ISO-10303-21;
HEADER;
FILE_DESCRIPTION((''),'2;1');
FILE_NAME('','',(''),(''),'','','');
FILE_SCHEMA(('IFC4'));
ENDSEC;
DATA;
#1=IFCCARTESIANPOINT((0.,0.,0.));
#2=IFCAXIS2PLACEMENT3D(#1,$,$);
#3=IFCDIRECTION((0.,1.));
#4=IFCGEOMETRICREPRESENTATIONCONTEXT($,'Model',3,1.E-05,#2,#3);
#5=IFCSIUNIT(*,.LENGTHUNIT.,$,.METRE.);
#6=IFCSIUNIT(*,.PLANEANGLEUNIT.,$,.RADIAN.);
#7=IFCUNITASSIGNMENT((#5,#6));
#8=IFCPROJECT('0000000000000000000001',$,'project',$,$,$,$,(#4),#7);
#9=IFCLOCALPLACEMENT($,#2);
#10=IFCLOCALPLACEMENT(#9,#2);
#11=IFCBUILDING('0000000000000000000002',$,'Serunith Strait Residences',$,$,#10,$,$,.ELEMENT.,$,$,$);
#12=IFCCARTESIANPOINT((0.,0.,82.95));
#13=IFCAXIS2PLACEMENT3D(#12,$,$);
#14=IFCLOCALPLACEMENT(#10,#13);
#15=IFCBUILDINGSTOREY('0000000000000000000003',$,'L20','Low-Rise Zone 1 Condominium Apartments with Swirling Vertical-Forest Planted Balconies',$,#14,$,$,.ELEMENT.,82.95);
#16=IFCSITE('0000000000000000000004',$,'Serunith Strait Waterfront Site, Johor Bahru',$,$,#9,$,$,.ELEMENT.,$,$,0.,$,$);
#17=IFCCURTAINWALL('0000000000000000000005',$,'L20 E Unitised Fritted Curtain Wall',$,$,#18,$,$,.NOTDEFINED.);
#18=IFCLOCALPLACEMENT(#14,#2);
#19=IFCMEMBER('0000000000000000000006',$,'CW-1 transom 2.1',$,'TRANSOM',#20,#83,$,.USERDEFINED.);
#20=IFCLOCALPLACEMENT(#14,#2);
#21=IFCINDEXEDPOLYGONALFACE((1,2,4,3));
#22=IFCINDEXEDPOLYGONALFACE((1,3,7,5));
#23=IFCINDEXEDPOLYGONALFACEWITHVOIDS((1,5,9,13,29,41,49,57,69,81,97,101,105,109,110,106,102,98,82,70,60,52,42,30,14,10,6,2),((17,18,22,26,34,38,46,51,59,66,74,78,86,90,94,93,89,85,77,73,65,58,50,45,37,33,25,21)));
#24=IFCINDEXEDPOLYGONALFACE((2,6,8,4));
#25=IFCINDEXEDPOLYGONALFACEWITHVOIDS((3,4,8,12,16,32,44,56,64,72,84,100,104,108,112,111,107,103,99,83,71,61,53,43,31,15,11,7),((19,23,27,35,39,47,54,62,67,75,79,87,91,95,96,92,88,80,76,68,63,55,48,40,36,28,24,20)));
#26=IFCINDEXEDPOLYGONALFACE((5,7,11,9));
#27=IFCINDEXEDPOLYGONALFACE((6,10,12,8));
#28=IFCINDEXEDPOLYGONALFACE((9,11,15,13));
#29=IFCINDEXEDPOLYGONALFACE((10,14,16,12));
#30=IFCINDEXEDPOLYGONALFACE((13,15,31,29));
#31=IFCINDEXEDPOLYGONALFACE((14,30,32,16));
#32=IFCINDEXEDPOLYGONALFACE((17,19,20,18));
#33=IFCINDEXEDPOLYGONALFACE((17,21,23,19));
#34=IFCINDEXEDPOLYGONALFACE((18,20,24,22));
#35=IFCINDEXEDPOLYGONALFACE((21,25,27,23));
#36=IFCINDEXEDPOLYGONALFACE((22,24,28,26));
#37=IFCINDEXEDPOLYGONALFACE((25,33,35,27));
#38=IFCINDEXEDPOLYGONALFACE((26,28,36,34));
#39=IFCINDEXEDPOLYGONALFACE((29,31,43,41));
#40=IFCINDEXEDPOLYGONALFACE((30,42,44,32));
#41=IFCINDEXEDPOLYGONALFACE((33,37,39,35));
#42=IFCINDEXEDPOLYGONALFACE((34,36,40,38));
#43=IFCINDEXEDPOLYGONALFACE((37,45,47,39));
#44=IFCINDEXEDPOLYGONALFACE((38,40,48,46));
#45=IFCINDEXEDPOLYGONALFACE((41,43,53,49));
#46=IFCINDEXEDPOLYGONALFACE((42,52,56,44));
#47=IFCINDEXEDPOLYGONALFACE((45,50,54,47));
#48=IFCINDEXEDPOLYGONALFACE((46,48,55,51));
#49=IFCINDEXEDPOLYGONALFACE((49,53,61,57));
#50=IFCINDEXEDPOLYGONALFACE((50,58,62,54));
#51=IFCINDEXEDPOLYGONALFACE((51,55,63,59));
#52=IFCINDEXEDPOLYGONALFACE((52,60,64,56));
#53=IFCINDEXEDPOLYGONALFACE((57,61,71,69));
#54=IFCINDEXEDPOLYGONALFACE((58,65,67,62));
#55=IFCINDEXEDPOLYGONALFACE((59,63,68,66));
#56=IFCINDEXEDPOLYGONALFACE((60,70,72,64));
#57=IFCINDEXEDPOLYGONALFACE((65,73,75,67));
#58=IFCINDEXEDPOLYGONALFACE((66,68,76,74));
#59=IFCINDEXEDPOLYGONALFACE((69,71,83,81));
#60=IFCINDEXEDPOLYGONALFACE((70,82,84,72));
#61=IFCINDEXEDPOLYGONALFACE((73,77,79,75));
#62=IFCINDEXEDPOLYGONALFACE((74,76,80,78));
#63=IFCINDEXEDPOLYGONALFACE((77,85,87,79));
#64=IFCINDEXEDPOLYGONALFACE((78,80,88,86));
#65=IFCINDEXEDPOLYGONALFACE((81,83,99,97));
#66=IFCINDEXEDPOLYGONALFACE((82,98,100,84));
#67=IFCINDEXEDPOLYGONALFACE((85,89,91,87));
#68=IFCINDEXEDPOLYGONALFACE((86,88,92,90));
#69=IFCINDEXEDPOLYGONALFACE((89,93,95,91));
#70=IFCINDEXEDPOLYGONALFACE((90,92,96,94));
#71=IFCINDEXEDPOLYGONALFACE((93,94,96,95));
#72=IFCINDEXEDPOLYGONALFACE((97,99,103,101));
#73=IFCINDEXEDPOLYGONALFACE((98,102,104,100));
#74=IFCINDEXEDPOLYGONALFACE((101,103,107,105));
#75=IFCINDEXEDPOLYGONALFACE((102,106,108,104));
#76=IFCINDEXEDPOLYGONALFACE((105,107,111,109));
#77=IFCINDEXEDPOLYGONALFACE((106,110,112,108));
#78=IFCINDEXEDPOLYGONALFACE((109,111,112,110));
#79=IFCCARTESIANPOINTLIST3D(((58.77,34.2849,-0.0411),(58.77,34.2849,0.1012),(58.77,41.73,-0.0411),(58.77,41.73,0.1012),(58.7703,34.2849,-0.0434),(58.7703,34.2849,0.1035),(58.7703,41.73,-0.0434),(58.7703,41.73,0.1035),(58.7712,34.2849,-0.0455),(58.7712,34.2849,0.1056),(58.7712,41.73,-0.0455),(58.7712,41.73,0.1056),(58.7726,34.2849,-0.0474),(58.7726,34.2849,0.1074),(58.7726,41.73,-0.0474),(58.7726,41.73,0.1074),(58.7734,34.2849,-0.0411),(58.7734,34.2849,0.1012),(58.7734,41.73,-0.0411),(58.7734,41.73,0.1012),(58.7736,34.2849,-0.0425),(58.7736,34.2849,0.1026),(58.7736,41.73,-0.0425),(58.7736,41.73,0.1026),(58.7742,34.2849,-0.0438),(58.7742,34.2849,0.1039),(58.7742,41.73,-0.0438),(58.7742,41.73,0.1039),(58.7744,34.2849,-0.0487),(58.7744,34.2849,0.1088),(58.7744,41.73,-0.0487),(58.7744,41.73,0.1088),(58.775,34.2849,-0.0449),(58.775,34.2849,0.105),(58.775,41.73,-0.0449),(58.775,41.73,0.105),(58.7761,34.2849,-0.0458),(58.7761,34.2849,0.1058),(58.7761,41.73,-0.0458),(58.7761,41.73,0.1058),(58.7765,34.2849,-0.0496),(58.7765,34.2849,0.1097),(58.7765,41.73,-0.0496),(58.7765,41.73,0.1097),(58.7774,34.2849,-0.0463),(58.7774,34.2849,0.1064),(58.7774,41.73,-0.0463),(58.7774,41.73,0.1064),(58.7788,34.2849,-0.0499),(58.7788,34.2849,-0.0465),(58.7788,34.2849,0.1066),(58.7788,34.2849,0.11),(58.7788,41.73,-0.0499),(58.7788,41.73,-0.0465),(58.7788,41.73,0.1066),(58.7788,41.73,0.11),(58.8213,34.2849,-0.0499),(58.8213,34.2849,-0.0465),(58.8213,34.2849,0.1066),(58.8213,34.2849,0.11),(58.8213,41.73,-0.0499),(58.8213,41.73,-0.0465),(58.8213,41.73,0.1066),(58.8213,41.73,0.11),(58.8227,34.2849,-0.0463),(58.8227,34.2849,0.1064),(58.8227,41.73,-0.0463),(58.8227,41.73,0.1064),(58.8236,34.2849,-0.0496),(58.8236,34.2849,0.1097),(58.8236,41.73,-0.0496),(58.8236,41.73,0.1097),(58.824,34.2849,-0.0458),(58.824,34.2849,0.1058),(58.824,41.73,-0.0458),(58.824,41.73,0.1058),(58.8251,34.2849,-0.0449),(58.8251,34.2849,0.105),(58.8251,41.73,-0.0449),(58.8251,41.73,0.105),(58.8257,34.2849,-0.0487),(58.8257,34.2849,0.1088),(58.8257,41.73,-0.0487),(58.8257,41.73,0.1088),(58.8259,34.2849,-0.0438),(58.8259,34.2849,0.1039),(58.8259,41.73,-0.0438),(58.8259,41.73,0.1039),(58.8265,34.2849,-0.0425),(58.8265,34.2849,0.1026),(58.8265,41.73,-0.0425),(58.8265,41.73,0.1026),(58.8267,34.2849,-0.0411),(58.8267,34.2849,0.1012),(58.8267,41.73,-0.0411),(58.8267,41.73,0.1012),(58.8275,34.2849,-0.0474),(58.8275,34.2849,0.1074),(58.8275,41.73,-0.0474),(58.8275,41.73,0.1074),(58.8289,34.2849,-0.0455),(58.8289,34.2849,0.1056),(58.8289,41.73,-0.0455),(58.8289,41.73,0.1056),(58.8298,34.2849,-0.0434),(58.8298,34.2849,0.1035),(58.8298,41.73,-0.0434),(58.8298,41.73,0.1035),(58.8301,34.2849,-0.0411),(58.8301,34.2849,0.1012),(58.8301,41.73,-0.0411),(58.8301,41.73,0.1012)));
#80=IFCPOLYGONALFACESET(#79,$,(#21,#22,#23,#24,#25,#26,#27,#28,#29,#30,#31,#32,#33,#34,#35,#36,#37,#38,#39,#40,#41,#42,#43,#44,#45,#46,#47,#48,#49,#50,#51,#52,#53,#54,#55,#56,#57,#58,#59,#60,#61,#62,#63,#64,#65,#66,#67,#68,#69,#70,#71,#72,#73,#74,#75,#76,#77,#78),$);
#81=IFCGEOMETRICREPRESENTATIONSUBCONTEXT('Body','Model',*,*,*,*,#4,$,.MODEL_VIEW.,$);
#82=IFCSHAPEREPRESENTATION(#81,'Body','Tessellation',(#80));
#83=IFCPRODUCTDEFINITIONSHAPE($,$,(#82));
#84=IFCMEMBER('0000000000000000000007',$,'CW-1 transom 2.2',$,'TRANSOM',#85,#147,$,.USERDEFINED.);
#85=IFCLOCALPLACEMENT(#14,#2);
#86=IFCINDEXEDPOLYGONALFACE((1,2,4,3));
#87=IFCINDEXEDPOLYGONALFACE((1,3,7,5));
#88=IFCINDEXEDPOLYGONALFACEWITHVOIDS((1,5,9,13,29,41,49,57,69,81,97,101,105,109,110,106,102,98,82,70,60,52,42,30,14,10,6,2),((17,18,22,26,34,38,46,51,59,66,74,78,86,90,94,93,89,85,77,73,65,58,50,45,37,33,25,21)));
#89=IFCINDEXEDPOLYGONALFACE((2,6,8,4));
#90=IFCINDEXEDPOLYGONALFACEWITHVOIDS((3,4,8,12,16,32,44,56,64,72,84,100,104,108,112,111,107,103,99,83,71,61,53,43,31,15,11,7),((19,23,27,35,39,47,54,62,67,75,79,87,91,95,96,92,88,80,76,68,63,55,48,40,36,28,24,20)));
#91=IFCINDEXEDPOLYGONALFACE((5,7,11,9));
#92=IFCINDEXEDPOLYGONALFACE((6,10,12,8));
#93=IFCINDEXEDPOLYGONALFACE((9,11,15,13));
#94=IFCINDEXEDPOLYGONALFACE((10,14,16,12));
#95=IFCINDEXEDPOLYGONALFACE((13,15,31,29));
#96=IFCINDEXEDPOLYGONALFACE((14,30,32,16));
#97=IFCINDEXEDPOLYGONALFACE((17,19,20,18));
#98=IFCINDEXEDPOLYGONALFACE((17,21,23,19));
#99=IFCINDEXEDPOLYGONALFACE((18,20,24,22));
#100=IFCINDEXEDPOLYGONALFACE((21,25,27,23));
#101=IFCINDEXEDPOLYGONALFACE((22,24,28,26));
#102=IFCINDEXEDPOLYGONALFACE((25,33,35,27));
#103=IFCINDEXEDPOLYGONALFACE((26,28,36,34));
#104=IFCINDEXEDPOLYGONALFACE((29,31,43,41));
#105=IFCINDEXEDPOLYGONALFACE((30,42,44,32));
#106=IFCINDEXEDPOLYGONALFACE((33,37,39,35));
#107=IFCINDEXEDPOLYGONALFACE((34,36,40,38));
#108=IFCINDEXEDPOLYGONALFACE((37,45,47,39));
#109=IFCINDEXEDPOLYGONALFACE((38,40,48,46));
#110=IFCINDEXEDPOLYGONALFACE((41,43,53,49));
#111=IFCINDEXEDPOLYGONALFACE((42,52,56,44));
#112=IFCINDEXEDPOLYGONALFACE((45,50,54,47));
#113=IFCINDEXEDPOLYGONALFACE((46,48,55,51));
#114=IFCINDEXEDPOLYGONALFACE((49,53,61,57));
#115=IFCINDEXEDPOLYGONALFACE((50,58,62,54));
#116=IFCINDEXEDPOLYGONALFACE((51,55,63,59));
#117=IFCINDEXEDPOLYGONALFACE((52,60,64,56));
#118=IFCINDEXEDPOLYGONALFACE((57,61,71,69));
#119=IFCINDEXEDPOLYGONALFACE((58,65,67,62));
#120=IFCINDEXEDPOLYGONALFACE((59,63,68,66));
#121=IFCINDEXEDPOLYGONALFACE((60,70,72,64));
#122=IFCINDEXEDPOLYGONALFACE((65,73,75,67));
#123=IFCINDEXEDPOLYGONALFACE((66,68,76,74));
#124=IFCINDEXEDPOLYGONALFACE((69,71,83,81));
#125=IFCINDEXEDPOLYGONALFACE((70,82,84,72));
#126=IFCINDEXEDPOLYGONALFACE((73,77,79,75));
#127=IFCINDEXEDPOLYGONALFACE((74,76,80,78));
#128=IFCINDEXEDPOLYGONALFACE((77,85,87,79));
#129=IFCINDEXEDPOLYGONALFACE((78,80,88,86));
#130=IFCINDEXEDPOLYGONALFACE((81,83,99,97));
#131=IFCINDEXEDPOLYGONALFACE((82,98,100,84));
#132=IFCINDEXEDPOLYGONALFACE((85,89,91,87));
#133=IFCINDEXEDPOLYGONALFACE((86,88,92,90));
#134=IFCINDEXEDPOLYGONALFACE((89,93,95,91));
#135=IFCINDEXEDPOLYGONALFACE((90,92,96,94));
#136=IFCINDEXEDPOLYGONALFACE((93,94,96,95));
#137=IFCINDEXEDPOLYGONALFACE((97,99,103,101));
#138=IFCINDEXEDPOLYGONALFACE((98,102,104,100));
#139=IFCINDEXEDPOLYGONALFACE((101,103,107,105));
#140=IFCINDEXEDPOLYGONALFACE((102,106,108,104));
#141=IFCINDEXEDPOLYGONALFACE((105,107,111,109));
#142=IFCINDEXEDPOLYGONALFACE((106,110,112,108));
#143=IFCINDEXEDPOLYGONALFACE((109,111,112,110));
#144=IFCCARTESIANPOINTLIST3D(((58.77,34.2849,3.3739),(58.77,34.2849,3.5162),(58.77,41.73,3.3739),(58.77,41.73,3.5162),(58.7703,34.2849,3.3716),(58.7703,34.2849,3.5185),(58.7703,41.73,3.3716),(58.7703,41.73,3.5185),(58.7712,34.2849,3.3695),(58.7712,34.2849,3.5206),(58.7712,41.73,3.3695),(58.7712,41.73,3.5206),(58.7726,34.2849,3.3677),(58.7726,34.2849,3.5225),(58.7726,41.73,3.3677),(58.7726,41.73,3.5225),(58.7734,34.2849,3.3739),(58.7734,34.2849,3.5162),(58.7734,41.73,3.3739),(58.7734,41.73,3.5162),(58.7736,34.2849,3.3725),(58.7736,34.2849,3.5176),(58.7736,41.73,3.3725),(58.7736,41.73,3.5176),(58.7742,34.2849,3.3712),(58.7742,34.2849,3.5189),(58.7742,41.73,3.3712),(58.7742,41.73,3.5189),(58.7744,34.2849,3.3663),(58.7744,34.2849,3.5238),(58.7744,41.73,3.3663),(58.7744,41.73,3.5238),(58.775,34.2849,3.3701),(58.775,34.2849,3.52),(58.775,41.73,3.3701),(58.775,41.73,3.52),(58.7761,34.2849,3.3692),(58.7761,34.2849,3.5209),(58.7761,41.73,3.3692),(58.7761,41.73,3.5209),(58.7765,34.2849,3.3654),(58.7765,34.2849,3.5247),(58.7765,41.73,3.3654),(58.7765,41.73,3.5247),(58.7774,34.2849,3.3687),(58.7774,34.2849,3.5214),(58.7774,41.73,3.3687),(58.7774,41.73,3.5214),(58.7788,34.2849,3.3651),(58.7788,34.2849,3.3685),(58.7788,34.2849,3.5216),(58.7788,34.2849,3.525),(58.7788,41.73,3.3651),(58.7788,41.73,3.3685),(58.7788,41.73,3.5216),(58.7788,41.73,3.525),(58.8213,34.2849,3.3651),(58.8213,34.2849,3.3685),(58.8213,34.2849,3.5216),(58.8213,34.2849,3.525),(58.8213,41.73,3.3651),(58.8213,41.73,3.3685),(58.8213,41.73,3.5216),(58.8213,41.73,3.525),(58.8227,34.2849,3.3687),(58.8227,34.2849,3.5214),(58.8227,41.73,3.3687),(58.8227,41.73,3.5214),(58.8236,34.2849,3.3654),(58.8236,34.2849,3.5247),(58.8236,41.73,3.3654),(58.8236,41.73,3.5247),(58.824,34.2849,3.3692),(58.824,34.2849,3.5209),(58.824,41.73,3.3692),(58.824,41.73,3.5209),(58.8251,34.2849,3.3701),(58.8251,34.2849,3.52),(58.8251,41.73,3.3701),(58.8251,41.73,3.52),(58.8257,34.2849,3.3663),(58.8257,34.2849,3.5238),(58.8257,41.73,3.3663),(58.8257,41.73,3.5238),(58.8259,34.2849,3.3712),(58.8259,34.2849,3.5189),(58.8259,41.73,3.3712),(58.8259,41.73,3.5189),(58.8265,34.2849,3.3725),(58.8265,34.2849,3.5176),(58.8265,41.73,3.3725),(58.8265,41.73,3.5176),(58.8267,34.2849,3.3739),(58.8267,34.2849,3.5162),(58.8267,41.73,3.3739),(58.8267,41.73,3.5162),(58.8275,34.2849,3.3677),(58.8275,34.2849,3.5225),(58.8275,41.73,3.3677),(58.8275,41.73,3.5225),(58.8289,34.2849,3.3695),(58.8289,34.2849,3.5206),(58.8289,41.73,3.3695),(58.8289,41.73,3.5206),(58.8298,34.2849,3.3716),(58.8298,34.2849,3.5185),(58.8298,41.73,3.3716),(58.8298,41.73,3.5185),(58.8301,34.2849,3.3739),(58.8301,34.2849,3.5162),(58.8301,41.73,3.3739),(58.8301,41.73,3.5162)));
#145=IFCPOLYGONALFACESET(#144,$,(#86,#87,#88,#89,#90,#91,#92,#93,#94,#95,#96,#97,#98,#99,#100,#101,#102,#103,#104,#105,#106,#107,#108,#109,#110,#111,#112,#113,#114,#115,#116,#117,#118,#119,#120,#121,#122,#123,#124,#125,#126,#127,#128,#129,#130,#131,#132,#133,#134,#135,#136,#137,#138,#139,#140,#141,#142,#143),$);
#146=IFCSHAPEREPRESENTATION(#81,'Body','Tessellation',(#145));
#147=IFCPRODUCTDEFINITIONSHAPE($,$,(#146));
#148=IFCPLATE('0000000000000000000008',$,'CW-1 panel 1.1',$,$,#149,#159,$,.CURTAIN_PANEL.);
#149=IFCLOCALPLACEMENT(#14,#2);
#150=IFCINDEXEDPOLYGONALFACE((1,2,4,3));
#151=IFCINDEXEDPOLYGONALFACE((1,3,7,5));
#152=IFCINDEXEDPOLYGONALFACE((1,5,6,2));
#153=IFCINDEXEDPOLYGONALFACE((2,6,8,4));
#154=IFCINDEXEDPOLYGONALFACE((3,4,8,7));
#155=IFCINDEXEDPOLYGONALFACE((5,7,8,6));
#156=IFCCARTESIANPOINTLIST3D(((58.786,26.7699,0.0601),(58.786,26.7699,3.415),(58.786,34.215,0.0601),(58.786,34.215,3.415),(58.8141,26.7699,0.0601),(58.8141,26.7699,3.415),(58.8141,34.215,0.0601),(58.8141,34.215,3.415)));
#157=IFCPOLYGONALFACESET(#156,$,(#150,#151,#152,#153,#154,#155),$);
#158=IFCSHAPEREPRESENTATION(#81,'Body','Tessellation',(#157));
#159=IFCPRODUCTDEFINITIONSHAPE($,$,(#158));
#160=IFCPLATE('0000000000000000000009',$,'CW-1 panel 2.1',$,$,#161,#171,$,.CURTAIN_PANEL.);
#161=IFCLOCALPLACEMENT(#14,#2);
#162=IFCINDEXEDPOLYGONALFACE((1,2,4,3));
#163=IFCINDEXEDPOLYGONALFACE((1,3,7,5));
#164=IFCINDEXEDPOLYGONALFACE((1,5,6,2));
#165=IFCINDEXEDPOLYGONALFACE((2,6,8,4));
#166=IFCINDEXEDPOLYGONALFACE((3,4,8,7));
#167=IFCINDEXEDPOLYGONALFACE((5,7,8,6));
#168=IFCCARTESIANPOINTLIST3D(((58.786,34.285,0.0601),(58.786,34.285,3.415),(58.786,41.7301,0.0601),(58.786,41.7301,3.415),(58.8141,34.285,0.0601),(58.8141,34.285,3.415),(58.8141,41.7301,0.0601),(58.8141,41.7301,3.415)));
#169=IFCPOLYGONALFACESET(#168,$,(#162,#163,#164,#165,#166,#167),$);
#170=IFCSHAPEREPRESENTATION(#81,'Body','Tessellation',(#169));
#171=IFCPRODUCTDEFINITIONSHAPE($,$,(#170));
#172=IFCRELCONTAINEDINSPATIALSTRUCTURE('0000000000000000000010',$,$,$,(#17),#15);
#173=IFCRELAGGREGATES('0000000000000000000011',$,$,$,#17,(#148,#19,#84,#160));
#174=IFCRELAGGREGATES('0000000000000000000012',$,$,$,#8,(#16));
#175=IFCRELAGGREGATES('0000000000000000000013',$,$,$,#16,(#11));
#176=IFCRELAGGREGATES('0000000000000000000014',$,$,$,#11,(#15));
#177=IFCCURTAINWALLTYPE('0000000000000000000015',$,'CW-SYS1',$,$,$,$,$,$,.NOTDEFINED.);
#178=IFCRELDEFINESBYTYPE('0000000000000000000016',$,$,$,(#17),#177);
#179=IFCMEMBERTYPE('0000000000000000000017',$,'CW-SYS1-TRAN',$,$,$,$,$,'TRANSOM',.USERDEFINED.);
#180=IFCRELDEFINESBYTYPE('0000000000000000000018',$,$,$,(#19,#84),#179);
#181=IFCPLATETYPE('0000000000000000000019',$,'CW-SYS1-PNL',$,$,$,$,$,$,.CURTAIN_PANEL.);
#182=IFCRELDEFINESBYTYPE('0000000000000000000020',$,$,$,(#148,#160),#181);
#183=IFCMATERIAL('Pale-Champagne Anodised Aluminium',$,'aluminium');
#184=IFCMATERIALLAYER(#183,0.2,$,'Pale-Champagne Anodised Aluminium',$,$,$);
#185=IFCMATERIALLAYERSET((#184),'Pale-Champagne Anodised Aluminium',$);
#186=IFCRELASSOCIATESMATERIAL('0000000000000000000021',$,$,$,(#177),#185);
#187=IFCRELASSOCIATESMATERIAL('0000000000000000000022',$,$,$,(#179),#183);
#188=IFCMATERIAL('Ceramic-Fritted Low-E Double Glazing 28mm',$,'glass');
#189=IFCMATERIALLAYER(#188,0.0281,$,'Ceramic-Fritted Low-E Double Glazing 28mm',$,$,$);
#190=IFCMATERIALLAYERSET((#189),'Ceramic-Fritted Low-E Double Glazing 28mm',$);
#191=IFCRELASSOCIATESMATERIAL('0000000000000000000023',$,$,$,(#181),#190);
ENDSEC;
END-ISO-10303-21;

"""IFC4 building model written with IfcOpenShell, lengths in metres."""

from ifc_helpers import new_model, si_unit, direction, frame, origin, origin_2d, place, context, subcontext, project, spatial, rectangle, hollow_rectangle, extrude, source, transform, mapped, material, layer, layer_set, material_profile, profile_set, type_object, element, aggregate, save


model = new_model("IFC4")

# Units and contexts
model_context = context("Model", 3, precision=1e-05, world=origin(), true_north=direction((0.0, 1.0)))
body_context = subcontext(model_context, "Body", "Model", "MODEL_VIEW")
ifc_project = project(units=[si_unit("LENGTHUNIT", "METRE"), si_unit("PLANEANGLEUNIT", "RADIAN")], contexts=[model_context])

# Site, building, storey
site_placement = place(None, origin())
site = spatial("IfcSite", under=ifc_project, at=site_placement, Name="Serunith Strait Waterfront Site, Johor Bahru", CompositionType="ELEMENT", RefElevation=0.0)
building_placement = place(site_placement, origin())
building = spatial("IfcBuilding", under=site, at=building_placement, Name="Serunith Strait Residences", CompositionType="ELEMENT")
storey_placement = place(building_placement, frame((0.0, 0.0, 82.95)))
storey = spatial("IfcBuildingStorey", under=building, at=storey_placement, Name="L20", Description="Low-Rise Zone 1 Condominium Apartments with Swirling Vertical-Forest Planted Balconies", CompositionType="ELEMENT", Elevation=82.95)

# Curtain wall, members, plates
ifc_material_1 = material(Name="Pale-Champagne Anodised Aluminium", Category="aluminium")
ifc_layer_1 = layer(ifc_material_1, 0.2, Name="Pale-Champagne Anodised Aluminium")
ifc_layer_set_1 = layer_set([ifc_layer_1], Name="Pale-Champagne Anodised Aluminium")
curtain_wall_type = type_object("IfcCurtainWallType", Name="CW-SYS1", PredefinedType="NOTDEFINED", material=ifc_layer_set_1)
curtain_wall_placement = place(storey_placement, origin())
curtain_wall = element("IfcCurtainWall", 1, at=curtain_wall_placement, inside=storey, type_object=curtain_wall_type, Name="L20 E Unitised Fritted Curtain Wall", PredefinedType="NOTDEFINED")
ifc_material_profile_1 = material_profile(ifc_material_1, hollow_rectangle(XDim=0.0601, YDim=0.1599, WallThickness=0.0034, InnerFilletRadius=0.0054, OuterFilletRadius=0.0088, at=origin_2d()), Name="ALU 160x60x3.5")
ifc_profile_set_1 = profile_set([ifc_material_profile_1], Name="Pale-Champagne Anodised Aluminium")
member_type_1 = type_object("IfcMemberType", Name="CW-SYS1-TRAN", ElementType="TRANSOM", PredefinedType="USERDEFINED", material=ifc_profile_set_1)
shared_shape_1 = source(origin(), body_context, "Body", "SweptSolid", [
    extrude(hollow_rectangle(XDim=0.0601, YDim=0.1599, WallThickness=0.0034, InnerFilletRadius=0.0054, OuterFilletRadius=0.0088, at=origin_2d()), origin(), (0.0, 0.0, 1.0), 7.4451),
])
member_1_placement = place(storey_placement, frame((58.8, 34.2849, 0.03), z_axis=(0.0, 1.0, 0.0), x_axis=(-1.0, 0.0, 0.0)))
member_1 = element("IfcMember", 2, at=member_1_placement, type_object=member_type_1, Name="CW-1 transom 2.1", ObjectType="TRANSOM", PredefinedType="USERDEFINED", context=body_context, shape_type="MappedRepresentation", body=[
    mapped(shared_shape_1, transform((0.0, 0.0, 0.0), scale=1.0)),
])
member_2_placement = place(storey_placement, frame((58.8, 34.2849, 3.4451), z_axis=(0.0, 1.0, 0.0), x_axis=(-1.0, 0.0, 0.0)))
member_2 = element("IfcMember", 3, at=member_2_placement, type_object=member_type_1, Name="CW-1 transom 2.2", ObjectType="TRANSOM", PredefinedType="USERDEFINED", context=body_context, shape_type="MappedRepresentation", body=[
    mapped(shared_shape_1, transform((0.0, 0.0, 0.0), scale=1.0)),
])
ifc_material_2 = material(Name="Ceramic-Fritted Low-E Double Glazing 28mm", Category="glass")
ifc_layer_2 = layer(ifc_material_2, 0.0281, Name="Ceramic-Fritted Low-E Double Glazing 28mm")
ifc_layer_set_2 = layer_set([ifc_layer_2], Name="Ceramic-Fritted Low-E Double Glazing 28mm")
plate_type = type_object("IfcPlateType", Name="CW-SYS1-PNL", PredefinedType="CURTAIN_PANEL", material=ifc_layer_set_2)
shared_shape_2 = source(origin(), body_context, "Body", "SweptSolid", [
    extrude(rectangle(XDim=7.4451, YDim=0.0281, at=origin_2d()), origin(), (0.0, 0.0, 1.0), 3.355),
])
plate_1_placement = place(storey_placement, frame((58.8, 30.4924, 0.0601), z_axis=(0.0, 0.0, 1.0), x_axis=(0.0, 1.0, 0.0)))
plate_1 = element("IfcPlate", 4, at=plate_1_placement, type_object=plate_type, Name="CW-1 panel 1.1", PredefinedType="CURTAIN_PANEL", context=body_context, shape_type="MappedRepresentation", body=[
    mapped(shared_shape_2, transform((0.0, 0.0, 0.0), scale=1.0)),
])
plate_2_placement = place(storey_placement, frame((58.8, 38.0076, 0.0601), z_axis=(0.0, 0.0, 1.0), x_axis=(0.0, 1.0, 0.0)))
plate_2 = element("IfcPlate", 5, at=plate_2_placement, type_object=plate_type, Name="CW-1 panel 2.1", PredefinedType="CURTAIN_PANEL", context=body_context, shape_type="MappedRepresentation", body=[
    mapped(shared_shape_2, transform((0.0, 0.0, 0.0), scale=1.0)),
])
aggregate(curtain_wall, [plate_1, member_1, member_2, plate_2])

save(model, "model.ifc")
